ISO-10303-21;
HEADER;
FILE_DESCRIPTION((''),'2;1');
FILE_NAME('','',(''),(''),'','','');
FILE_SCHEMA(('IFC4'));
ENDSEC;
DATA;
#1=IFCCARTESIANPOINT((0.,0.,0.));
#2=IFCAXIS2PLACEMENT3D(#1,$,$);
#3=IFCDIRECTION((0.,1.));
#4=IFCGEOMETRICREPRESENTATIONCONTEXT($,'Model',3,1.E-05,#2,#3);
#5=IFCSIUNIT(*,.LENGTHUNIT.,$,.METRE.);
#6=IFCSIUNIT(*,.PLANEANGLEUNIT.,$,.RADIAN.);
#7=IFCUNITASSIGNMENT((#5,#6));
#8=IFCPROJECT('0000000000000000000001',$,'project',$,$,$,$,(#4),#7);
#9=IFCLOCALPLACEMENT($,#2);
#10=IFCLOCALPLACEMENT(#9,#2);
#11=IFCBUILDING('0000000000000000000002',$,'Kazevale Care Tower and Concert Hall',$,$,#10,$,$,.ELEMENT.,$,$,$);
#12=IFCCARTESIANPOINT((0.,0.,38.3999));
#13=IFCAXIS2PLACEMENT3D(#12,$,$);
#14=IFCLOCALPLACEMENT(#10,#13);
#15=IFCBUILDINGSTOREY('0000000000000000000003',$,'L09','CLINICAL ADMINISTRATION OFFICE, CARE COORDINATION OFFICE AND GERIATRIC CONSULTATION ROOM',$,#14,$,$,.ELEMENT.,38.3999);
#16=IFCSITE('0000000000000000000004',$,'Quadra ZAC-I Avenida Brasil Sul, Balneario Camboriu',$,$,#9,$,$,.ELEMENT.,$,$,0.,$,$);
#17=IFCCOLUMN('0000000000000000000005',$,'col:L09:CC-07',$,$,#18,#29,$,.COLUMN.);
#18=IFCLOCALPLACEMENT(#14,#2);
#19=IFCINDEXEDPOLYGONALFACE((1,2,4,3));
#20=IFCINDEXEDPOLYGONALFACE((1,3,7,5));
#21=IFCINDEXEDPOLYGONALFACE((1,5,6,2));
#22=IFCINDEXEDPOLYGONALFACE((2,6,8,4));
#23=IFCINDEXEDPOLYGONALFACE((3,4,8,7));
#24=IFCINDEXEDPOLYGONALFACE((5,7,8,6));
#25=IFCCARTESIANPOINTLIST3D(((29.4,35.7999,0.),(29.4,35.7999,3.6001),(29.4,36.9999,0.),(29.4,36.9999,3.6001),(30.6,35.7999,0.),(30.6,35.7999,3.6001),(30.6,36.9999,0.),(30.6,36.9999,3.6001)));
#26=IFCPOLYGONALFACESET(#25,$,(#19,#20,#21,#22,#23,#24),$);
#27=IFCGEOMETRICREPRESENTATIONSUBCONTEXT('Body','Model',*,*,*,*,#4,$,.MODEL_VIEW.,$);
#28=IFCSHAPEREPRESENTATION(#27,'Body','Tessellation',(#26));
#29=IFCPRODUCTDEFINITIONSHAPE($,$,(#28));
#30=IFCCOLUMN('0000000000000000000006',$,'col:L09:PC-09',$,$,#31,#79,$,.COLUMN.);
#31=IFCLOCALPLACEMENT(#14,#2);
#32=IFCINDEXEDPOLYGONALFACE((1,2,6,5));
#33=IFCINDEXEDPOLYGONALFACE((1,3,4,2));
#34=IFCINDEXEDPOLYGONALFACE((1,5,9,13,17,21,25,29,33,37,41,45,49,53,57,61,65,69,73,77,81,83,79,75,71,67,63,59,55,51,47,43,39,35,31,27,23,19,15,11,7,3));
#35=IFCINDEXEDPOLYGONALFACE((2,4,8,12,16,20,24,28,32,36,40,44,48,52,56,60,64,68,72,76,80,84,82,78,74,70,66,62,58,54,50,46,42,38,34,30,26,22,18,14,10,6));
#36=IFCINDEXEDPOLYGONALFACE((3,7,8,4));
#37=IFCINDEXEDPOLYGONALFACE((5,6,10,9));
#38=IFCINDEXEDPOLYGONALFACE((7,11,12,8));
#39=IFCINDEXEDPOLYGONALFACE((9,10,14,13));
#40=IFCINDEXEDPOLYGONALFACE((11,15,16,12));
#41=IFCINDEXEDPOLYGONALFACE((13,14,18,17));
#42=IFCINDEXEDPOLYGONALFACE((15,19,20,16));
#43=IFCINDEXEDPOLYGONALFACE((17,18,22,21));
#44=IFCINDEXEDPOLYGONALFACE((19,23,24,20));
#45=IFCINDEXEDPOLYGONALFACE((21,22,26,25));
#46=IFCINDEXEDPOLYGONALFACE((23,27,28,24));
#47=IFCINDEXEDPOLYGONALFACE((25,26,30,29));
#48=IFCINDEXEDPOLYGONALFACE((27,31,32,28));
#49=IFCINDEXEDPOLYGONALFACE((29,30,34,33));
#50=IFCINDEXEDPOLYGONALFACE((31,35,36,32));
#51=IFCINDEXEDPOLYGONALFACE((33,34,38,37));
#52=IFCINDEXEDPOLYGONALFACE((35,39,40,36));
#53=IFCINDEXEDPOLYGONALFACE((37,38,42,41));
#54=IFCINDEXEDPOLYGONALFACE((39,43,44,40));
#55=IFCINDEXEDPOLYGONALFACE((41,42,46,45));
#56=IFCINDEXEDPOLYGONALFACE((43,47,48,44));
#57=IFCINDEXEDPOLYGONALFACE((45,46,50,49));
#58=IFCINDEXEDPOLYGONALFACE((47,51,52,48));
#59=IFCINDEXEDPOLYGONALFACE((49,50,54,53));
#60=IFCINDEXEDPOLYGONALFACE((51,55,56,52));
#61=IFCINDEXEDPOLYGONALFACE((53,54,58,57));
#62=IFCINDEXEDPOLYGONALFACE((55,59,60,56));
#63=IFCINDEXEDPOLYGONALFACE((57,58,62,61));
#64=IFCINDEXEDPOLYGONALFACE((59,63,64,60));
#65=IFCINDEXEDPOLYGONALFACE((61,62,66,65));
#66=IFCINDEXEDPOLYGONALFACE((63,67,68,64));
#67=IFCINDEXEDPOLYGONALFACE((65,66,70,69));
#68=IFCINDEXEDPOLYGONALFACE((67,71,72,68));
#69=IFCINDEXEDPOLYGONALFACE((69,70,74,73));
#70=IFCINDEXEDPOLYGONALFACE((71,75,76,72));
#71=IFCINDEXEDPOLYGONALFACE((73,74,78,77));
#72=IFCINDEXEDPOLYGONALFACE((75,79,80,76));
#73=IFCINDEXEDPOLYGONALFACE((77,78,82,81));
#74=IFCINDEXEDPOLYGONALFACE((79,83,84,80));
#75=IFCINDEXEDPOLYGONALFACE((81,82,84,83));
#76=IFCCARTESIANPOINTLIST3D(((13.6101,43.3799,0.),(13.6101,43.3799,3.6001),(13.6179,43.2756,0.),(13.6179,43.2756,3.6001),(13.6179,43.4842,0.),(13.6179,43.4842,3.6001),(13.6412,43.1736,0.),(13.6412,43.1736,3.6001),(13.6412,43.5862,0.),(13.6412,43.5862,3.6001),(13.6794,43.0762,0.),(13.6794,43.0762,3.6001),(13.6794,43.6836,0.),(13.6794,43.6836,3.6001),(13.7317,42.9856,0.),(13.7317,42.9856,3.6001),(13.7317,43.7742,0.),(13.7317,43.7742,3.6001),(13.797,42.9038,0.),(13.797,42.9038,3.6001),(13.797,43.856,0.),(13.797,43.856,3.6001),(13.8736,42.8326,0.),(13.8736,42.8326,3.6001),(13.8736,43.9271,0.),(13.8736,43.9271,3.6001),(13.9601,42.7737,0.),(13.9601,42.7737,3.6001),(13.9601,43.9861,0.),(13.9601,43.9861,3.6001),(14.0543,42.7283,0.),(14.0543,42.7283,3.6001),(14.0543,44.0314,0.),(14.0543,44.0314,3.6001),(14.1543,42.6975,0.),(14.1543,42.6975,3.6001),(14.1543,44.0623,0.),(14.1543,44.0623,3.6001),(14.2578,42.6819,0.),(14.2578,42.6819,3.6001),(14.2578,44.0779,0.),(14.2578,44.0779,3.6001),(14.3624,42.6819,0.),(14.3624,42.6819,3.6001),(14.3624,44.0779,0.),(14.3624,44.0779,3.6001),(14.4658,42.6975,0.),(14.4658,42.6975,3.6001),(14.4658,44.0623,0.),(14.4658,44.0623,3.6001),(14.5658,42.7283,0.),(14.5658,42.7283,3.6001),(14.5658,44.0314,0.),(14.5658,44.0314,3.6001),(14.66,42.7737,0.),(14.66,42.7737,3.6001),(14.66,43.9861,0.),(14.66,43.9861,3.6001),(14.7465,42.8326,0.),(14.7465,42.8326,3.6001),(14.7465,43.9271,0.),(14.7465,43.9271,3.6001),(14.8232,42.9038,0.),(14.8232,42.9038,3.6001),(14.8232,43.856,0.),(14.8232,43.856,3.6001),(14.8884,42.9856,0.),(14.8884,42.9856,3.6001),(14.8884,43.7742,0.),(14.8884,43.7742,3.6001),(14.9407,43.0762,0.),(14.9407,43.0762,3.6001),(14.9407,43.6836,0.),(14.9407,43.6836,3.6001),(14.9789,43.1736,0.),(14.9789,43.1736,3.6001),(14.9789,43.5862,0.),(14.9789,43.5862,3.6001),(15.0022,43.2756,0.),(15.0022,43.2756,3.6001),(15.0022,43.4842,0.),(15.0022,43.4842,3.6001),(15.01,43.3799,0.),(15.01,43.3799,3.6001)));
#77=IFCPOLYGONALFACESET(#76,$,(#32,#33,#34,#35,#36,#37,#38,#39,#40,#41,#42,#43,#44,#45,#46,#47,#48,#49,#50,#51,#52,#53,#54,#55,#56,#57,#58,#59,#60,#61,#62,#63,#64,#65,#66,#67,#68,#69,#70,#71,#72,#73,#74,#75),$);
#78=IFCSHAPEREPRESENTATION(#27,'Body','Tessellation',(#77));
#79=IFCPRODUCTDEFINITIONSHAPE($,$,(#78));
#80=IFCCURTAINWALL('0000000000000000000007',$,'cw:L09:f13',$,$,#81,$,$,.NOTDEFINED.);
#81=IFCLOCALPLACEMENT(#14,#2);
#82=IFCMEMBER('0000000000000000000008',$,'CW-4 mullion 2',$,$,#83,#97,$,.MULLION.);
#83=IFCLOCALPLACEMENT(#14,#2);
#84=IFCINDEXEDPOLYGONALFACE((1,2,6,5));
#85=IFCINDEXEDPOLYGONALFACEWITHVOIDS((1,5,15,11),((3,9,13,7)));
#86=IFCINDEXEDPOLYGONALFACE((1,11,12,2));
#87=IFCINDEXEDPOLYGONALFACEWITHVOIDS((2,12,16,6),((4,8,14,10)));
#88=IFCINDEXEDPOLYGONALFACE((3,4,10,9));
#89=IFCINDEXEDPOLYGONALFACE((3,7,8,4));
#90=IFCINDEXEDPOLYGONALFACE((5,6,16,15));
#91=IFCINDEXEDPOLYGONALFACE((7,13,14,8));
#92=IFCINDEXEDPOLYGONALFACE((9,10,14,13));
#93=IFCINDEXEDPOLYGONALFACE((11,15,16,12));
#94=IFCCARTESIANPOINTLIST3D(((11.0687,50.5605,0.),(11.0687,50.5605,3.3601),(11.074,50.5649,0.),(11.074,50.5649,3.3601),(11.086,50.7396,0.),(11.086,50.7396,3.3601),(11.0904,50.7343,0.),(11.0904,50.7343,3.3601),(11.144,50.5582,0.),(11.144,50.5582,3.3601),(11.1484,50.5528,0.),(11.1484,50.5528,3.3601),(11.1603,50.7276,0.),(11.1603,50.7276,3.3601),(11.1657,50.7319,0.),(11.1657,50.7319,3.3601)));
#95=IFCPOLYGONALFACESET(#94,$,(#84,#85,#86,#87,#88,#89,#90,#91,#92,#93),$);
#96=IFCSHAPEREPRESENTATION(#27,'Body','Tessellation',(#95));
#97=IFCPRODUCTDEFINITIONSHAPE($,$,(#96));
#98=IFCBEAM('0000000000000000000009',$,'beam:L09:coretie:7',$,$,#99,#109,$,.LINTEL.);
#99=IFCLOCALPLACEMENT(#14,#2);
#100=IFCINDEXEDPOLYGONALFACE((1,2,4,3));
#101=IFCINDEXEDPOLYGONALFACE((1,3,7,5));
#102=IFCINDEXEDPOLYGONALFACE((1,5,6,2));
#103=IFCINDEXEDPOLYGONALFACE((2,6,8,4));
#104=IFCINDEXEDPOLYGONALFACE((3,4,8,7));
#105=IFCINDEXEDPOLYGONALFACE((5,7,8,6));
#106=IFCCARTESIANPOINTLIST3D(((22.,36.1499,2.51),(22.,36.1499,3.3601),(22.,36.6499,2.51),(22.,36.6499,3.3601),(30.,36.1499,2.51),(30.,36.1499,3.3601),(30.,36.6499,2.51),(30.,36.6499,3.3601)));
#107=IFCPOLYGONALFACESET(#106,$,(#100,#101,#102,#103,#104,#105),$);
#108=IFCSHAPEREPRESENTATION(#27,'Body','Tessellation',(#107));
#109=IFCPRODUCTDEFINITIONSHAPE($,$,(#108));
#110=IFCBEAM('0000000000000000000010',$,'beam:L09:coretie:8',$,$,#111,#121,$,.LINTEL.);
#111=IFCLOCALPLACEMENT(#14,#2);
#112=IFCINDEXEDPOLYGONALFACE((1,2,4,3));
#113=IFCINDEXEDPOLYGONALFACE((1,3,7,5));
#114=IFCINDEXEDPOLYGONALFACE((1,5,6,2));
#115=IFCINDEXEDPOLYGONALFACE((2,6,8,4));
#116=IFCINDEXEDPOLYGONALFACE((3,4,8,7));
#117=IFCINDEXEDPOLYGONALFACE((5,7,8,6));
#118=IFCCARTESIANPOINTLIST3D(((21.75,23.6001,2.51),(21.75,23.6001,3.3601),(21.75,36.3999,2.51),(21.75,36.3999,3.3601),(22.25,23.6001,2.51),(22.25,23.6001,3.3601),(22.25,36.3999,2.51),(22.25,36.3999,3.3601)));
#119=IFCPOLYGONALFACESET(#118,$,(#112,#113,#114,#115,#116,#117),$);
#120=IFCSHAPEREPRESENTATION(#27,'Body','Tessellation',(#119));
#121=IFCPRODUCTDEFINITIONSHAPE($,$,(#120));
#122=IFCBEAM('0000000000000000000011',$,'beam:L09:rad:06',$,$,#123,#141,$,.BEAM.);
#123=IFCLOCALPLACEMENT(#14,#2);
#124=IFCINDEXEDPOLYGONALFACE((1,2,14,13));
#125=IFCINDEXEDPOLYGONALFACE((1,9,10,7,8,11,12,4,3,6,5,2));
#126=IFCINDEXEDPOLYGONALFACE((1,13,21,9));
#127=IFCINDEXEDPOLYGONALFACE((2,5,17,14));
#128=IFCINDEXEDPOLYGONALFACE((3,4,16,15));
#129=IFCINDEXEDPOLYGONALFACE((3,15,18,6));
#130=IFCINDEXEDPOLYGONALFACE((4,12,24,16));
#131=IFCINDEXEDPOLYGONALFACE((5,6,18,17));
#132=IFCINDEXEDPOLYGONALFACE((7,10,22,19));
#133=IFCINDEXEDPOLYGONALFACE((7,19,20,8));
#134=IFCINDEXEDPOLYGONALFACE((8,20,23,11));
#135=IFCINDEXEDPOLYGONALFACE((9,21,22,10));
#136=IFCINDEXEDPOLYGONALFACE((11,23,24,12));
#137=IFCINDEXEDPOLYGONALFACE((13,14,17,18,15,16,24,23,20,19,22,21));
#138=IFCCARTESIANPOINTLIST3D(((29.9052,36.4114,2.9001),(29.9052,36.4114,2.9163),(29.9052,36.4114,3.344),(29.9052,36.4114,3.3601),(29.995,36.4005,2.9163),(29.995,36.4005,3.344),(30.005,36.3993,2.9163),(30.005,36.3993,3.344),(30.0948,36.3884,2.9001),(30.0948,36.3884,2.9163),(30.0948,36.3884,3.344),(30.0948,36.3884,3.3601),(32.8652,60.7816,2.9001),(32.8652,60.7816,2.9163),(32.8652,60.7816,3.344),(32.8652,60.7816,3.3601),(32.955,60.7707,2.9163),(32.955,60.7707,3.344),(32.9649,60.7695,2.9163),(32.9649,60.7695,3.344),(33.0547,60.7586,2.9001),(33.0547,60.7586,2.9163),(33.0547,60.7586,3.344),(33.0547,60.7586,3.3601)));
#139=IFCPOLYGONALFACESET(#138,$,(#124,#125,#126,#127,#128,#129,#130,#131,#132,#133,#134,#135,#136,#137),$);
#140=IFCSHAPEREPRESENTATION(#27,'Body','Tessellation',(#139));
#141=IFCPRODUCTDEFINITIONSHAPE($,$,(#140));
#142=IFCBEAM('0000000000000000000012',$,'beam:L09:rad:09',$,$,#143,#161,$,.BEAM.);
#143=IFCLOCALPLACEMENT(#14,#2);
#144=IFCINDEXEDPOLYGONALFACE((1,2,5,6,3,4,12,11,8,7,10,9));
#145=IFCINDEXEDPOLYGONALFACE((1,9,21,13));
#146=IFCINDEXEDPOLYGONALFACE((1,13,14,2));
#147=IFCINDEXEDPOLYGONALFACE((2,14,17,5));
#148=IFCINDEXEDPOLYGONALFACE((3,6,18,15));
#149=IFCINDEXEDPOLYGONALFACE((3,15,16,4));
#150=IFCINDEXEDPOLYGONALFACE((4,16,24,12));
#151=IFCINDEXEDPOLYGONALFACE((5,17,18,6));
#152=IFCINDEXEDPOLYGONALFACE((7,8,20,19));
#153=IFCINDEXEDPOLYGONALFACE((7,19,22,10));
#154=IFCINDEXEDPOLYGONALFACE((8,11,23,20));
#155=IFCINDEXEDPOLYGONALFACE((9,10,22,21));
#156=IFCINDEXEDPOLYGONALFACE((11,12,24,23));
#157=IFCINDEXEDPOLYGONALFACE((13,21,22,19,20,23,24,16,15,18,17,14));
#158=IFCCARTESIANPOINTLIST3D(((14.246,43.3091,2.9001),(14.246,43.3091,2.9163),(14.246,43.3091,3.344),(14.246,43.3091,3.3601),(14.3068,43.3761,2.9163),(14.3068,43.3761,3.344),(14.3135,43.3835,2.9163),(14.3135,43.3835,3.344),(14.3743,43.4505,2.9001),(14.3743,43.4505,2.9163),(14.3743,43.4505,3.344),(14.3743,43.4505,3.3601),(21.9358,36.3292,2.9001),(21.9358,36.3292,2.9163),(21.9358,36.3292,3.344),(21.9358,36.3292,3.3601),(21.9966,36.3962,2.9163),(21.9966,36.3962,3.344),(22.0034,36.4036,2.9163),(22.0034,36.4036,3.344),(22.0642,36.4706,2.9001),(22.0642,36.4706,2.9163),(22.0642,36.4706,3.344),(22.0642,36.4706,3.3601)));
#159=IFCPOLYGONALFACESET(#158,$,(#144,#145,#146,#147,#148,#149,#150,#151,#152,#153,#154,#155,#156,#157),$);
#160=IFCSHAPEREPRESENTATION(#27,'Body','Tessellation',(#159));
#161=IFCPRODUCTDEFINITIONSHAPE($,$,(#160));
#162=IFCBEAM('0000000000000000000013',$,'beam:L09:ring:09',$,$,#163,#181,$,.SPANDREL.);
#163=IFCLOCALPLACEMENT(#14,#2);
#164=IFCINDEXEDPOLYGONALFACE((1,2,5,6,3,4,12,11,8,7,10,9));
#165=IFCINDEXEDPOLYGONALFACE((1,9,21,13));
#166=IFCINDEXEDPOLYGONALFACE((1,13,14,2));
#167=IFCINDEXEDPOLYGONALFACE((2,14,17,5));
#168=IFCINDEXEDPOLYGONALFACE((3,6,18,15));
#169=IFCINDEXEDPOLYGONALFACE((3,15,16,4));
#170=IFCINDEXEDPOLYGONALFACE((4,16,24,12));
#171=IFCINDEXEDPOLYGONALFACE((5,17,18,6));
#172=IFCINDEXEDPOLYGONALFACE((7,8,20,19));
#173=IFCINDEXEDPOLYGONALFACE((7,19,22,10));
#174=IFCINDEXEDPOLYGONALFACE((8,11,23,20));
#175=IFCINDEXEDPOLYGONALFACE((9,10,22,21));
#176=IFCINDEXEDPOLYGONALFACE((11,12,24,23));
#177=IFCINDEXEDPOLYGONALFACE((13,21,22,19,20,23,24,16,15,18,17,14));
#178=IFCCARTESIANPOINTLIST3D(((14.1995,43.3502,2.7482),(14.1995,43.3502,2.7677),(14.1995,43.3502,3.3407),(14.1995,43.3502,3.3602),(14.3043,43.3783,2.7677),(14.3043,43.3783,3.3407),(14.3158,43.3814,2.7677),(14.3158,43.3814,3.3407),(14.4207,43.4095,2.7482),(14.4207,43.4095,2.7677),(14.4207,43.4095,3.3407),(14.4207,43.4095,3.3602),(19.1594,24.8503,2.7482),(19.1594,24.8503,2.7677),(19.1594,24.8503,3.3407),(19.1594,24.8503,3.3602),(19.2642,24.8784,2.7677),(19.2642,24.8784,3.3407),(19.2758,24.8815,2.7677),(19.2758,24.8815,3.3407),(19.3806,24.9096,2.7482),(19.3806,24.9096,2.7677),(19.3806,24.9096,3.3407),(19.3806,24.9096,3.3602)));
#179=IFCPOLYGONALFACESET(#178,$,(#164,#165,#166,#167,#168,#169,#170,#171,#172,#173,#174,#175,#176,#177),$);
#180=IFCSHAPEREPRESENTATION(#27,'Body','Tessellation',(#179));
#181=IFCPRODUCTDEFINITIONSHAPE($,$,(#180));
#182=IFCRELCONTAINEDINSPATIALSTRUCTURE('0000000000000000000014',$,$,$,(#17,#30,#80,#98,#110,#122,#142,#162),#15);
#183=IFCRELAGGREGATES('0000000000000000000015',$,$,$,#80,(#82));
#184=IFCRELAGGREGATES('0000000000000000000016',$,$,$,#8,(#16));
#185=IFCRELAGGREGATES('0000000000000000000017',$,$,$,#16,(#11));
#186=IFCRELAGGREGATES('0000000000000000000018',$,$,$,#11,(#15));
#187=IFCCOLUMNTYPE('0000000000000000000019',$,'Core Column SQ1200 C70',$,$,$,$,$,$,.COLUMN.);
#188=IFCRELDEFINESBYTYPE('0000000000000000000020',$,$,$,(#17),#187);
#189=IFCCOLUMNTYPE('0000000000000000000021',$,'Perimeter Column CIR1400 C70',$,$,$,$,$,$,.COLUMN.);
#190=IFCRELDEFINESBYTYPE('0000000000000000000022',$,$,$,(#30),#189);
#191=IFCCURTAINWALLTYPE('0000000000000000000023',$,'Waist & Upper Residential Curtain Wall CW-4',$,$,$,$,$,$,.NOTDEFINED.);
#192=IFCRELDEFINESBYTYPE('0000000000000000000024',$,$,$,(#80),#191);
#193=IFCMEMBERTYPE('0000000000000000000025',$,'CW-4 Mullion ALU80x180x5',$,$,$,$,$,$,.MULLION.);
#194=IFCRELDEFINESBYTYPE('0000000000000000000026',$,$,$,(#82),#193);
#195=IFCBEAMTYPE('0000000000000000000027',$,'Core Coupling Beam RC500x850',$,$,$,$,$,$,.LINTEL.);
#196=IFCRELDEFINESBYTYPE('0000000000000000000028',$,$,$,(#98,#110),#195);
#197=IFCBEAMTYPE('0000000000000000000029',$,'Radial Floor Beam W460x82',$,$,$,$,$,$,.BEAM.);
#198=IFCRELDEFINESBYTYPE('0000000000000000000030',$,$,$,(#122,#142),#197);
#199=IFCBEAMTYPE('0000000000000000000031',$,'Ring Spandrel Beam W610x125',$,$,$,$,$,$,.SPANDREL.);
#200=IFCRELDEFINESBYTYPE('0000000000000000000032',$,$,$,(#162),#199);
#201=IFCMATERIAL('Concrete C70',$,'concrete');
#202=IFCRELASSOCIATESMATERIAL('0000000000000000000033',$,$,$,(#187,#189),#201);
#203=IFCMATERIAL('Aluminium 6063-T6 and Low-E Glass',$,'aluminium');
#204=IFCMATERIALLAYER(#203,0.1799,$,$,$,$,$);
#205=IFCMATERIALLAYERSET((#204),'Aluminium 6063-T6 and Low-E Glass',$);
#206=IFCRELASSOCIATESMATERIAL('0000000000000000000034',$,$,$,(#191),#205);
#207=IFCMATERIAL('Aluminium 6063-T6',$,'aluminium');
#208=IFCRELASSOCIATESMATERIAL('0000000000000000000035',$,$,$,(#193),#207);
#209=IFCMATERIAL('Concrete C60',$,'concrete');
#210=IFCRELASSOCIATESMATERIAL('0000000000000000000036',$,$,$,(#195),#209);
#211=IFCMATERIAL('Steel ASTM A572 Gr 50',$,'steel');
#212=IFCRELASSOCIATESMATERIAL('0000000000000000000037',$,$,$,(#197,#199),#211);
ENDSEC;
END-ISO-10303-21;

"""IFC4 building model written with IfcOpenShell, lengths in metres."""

from ifc_helpers import new_model, si_unit, direction, frame, origin, origin_2d, place, context, subcontext, project, spatial, rectangle, hollow_rectangle, circle, i_section, extrude, material, layer, layer_set, material_profile, profile_set, type_object, element, aggregate, save


model = new_model("IFC4")

# Units and contexts
model_context = context("Model", 3, precision=1e-05, world=origin(), true_north=direction((0.0, 1.0)))
body_context = subcontext(model_context, "Body", "Model", "MODEL_VIEW")
ifc_project = project(units=[si_unit("LENGTHUNIT", "METRE"), si_unit("PLANEANGLEUNIT", "RADIAN")], contexts=[model_context])

# Site, building, storey
site_placement = place(None, origin())
site = spatial("IfcSite", under=ifc_project, at=site_placement, Name="Quadra ZAC-I Avenida Brasil Sul, Balneario Camboriu", CompositionType="ELEMENT", RefElevation=0.0)
building_placement = place(site_placement, origin())
building = spatial("IfcBuilding", under=site, at=building_placement, Name="Kazevale Care Tower and Concert Hall", CompositionType="ELEMENT")
storey_placement = place(building_placement, frame((0.0, 0.0, 38.3999)))
storey = spatial("IfcBuildingStorey", under=building, at=storey_placement, Name="L09", Description="CLINICAL ADMINISTRATION OFFICE, CARE COORDINATION OFFICE AND GERIATRIC CONSULTATION ROOM", CompositionType="ELEMENT", Elevation=38.3999)

# Columns
ifc_material_1 = material(Name="Concrete C70", Category="concrete")
ifc_material_profile_1 = material_profile(ifc_material_1, rectangle(XDim=1.2, YDim=1.2, at=origin_2d()), Name="RC-SQ1200")
ifc_profile_set_1 = profile_set([ifc_material_profile_1], Name="Concrete C70")
column_type_1 = type_object("IfcColumnType", Name="Core Column SQ1200 C70", PredefinedType="COLUMN", material=ifc_profile_set_1)
column_1_placement = place(storey_placement, frame((30.0, 36.3999, 0.0), z_axis=(0.0, 0.0, 1.0), x_axis=(1.0, 0.0, 0.0)))
element("IfcColumn", 1, at=column_1_placement, inside=storey, type_object=column_type_1, Name="col:L09:CC-07", PredefinedType="COLUMN", context=body_context, shape_type="SweptSolid", body=[
    extrude(rectangle(XDim=1.2, YDim=1.2, at=origin_2d()), origin(), (0.0, 0.0, 1.0), 3.6001),
])
ifc_material_profile_2 = material_profile(ifc_material_1, circle(Radius=0.7, at=origin_2d()), Name="RC-CIR1400")
ifc_profile_set_2 = profile_set([ifc_material_profile_2], Name="Concrete C70")
column_type_2 = type_object("IfcColumnType", Name="Perimeter Column CIR1400 C70", PredefinedType="COLUMN", material=ifc_profile_set_2)
column_2_placement = place(storey_placement, frame((14.3101, 43.3799, 0.0), z_axis=(0.0, 0.0, 1.0), x_axis=(1.0, 0.0, 0.0)))
element("IfcColumn", 2, at=column_2_placement, inside=storey, type_object=column_type_2, Name="col:L09:PC-09", PredefinedType="COLUMN", context=body_context, shape_type="SweptSolid", body=[
    extrude(circle(Radius=0.7, at=origin_2d()), origin(), (0.0, 0.0, 1.0), 3.6001),
])

# Curtain wall, member
ifc_material_2 = material(Name="Aluminium 6063-T6 and Low-E Glass", Category="aluminium")
ifc_layer_1 = layer(ifc_material_2, 0.1799)
ifc_layer_set_1 = layer_set([ifc_layer_1], Name="Aluminium 6063-T6 and Low-E Glass")
curtain_wall_type = type_object("IfcCurtainWallType", Name="Waist & Upper Residential Curtain Wall CW-4", PredefinedType="NOTDEFINED", material=ifc_layer_set_1)
curtain_wall_placement = place(storey_placement, origin())
curtain_wall = element("IfcCurtainWall", 3, at=curtain_wall_placement, inside=storey, type_object=curtain_wall_type, Name="cw:L09:f13", PredefinedType="NOTDEFINED")
ifc_material_3 = material(Name="Aluminium 6063-T6", Category="aluminium")
ifc_material_profile_3 = material_profile(ifc_material_3, hollow_rectangle(XDim=0.0801, YDim=0.1799, WallThickness=0.0049, at=origin_2d()), Name="ALU80x180x5")
ifc_profile_set_3 = profile_set([ifc_material_profile_3], Name="Aluminium 6063-T6")
member_type = type_object("IfcMemberType", Name="CW-4 Mullion ALU80x180x5", PredefinedType="MULLION", material=ifc_profile_set_3)
member_placement = place(storey_placement, frame((11.1172, 50.6462, 0.0), z_axis=(0.0, 0.0, 1.0), x_axis=(-0.995381, 0.096007, 0.0)))
member = element("IfcMember", 4, at=member_placement, type_object=member_type, Name="CW-4 mullion 2", PredefinedType="MULLION", context=body_context, shape_type="SweptSolid", body=[
    extrude(hollow_rectangle(XDim=0.0801, YDim=0.1799, WallThickness=0.0049, at=origin_2d()), origin(), (0.0, 0.0, 1.0), 3.3601),
])

# Beams
ifc_material_4 = material(Name="Concrete C60", Category="concrete")
ifc_material_profile_4 = material_profile(ifc_material_4, rectangle(XDim=0.5, YDim=0.8501, at=origin_2d()), Name="RC-B500x850")
ifc_profile_set_4 = profile_set([ifc_material_profile_4], Name="Concrete C60")
beam_type_1 = type_object("IfcBeamType", Name="Core Coupling Beam RC500x850", PredefinedType="LINTEL", material=ifc_profile_set_4)
beam_1_placement = place(storey_placement, frame((30.0, 36.3999, 2.9351), z_axis=(-1.0, 0.0, 0.0), x_axis=(0.0, -1.0, 0.0)))
element("IfcBeam", 5, at=beam_1_placement, inside=storey, type_object=beam_type_1, Name="beam:L09:coretie:7", PredefinedType="LINTEL", context=body_context, shape_type="SweptSolid", body=[
    extrude(rectangle(XDim=0.5, YDim=0.8501, at=origin_2d()), origin(), (0.0, 0.0, 1.0), 8.0),
])
beam_2_placement = place(storey_placement, frame((22.0, 36.3999, 2.9351), z_axis=(0.0, -1.0, 0.0), x_axis=(1.0, 0.0, 0.0)))
element("IfcBeam", 6, at=beam_2_placement, inside=storey, type_object=beam_type_1, Name="beam:L09:coretie:8", PredefinedType="LINTEL", context=body_context, shape_type="SweptSolid", body=[
    extrude(rectangle(XDim=0.5, YDim=0.8501, at=origin_2d()), origin(), (0.0, 0.0, 1.0), 12.7998),
])
ifc_material_5 = material(Name="Steel ASTM A572 Gr 50", Category="steel")
ifc_material_profile_5 = material_profile(ifc_material_5, i_section(OverallWidth=0.1909, OverallDepth=0.46, WebThickness=0.01, FlangeThickness=0.0161, at=origin_2d()), Name="W460x82")
ifc_profile_set_5 = profile_set([ifc_material_profile_5], Name="Steel ASTM A572 Gr 50")
beam_type_2 = type_object("IfcBeamType", Name="Radial Floor Beam W460x82", PredefinedType="BEAM", material=ifc_profile_set_5)
beam_3_placement = place(storey_placement, frame((30.0, 36.3999, 3.1301), z_axis=(0.120573, 0.992705, 0.0), x_axis=(-0.992705, 0.120573, 0.0)))
element("IfcBeam", 7, at=beam_3_placement, inside=storey, type_object=beam_type_2, Name="beam:L09:rad:06", PredefinedType="BEAM", context=body_context, shape_type="SweptSolid", body=[
    extrude(i_section(OverallWidth=0.1909, OverallDepth=0.46, WebThickness=0.01, FlangeThickness=0.0161, at=origin_2d()), origin(), (0.0, 0.0, 1.0), 24.5493),
])
beam_4_placement = place(storey_placement, frame((22.0, 36.3999, 3.1301), z_axis=(-0.740461, 0.672099, 0.0), x_axis=(-0.672099, -0.740461, 0.0)))
element("IfcBeam", 8, at=beam_4_placement, inside=storey, type_object=beam_type_2, Name="beam:L09:rad:09", PredefinedType="BEAM", context=body_context, shape_type="SweptSolid", body=[
    extrude(i_section(OverallWidth=0.1909, OverallDepth=0.46, WebThickness=0.01, FlangeThickness=0.0161, at=origin_2d()), origin(), (0.0, 0.0, 1.0), 10.3853),
])
ifc_material_profile_6 = material_profile(ifc_material_5, i_section(OverallWidth=0.229, OverallDepth=0.6121, WebThickness=0.012, FlangeThickness=0.0195, at=origin_2d()), Name="W610x125")
ifc_profile_set_6 = profile_set([ifc_material_profile_6], Name="Steel ASTM A572 Gr 50")
beam_type_3 = type_object("IfcBeamType", Name="Ring Spandrel Beam W610x125", PredefinedType="SPANDREL", material=ifc_profile_set_6)
beam_5_placement = place(storey_placement, frame((14.3101, 43.3799, 3.0542), z_axis=(0.25896, -0.965888, 0.0), x_axis=(0.965888, 0.25896, 0.0)))
element("IfcBeam", 9, at=beam_5_placement, inside=storey, type_object=beam_type_3, Name="beam:L09:ring:09", PredefinedType="SPANDREL", context=body_context, shape_type="SweptSolid", body=[
    extrude(i_section(OverallWidth=0.229, OverallDepth=0.6121, WebThickness=0.012, FlangeThickness=0.0195, at=origin_2d()), origin(), (0.0, 0.0, 1.0), 19.1533),
])

aggregate(curtain_wall, [member])

save(model, "model.ifc")
